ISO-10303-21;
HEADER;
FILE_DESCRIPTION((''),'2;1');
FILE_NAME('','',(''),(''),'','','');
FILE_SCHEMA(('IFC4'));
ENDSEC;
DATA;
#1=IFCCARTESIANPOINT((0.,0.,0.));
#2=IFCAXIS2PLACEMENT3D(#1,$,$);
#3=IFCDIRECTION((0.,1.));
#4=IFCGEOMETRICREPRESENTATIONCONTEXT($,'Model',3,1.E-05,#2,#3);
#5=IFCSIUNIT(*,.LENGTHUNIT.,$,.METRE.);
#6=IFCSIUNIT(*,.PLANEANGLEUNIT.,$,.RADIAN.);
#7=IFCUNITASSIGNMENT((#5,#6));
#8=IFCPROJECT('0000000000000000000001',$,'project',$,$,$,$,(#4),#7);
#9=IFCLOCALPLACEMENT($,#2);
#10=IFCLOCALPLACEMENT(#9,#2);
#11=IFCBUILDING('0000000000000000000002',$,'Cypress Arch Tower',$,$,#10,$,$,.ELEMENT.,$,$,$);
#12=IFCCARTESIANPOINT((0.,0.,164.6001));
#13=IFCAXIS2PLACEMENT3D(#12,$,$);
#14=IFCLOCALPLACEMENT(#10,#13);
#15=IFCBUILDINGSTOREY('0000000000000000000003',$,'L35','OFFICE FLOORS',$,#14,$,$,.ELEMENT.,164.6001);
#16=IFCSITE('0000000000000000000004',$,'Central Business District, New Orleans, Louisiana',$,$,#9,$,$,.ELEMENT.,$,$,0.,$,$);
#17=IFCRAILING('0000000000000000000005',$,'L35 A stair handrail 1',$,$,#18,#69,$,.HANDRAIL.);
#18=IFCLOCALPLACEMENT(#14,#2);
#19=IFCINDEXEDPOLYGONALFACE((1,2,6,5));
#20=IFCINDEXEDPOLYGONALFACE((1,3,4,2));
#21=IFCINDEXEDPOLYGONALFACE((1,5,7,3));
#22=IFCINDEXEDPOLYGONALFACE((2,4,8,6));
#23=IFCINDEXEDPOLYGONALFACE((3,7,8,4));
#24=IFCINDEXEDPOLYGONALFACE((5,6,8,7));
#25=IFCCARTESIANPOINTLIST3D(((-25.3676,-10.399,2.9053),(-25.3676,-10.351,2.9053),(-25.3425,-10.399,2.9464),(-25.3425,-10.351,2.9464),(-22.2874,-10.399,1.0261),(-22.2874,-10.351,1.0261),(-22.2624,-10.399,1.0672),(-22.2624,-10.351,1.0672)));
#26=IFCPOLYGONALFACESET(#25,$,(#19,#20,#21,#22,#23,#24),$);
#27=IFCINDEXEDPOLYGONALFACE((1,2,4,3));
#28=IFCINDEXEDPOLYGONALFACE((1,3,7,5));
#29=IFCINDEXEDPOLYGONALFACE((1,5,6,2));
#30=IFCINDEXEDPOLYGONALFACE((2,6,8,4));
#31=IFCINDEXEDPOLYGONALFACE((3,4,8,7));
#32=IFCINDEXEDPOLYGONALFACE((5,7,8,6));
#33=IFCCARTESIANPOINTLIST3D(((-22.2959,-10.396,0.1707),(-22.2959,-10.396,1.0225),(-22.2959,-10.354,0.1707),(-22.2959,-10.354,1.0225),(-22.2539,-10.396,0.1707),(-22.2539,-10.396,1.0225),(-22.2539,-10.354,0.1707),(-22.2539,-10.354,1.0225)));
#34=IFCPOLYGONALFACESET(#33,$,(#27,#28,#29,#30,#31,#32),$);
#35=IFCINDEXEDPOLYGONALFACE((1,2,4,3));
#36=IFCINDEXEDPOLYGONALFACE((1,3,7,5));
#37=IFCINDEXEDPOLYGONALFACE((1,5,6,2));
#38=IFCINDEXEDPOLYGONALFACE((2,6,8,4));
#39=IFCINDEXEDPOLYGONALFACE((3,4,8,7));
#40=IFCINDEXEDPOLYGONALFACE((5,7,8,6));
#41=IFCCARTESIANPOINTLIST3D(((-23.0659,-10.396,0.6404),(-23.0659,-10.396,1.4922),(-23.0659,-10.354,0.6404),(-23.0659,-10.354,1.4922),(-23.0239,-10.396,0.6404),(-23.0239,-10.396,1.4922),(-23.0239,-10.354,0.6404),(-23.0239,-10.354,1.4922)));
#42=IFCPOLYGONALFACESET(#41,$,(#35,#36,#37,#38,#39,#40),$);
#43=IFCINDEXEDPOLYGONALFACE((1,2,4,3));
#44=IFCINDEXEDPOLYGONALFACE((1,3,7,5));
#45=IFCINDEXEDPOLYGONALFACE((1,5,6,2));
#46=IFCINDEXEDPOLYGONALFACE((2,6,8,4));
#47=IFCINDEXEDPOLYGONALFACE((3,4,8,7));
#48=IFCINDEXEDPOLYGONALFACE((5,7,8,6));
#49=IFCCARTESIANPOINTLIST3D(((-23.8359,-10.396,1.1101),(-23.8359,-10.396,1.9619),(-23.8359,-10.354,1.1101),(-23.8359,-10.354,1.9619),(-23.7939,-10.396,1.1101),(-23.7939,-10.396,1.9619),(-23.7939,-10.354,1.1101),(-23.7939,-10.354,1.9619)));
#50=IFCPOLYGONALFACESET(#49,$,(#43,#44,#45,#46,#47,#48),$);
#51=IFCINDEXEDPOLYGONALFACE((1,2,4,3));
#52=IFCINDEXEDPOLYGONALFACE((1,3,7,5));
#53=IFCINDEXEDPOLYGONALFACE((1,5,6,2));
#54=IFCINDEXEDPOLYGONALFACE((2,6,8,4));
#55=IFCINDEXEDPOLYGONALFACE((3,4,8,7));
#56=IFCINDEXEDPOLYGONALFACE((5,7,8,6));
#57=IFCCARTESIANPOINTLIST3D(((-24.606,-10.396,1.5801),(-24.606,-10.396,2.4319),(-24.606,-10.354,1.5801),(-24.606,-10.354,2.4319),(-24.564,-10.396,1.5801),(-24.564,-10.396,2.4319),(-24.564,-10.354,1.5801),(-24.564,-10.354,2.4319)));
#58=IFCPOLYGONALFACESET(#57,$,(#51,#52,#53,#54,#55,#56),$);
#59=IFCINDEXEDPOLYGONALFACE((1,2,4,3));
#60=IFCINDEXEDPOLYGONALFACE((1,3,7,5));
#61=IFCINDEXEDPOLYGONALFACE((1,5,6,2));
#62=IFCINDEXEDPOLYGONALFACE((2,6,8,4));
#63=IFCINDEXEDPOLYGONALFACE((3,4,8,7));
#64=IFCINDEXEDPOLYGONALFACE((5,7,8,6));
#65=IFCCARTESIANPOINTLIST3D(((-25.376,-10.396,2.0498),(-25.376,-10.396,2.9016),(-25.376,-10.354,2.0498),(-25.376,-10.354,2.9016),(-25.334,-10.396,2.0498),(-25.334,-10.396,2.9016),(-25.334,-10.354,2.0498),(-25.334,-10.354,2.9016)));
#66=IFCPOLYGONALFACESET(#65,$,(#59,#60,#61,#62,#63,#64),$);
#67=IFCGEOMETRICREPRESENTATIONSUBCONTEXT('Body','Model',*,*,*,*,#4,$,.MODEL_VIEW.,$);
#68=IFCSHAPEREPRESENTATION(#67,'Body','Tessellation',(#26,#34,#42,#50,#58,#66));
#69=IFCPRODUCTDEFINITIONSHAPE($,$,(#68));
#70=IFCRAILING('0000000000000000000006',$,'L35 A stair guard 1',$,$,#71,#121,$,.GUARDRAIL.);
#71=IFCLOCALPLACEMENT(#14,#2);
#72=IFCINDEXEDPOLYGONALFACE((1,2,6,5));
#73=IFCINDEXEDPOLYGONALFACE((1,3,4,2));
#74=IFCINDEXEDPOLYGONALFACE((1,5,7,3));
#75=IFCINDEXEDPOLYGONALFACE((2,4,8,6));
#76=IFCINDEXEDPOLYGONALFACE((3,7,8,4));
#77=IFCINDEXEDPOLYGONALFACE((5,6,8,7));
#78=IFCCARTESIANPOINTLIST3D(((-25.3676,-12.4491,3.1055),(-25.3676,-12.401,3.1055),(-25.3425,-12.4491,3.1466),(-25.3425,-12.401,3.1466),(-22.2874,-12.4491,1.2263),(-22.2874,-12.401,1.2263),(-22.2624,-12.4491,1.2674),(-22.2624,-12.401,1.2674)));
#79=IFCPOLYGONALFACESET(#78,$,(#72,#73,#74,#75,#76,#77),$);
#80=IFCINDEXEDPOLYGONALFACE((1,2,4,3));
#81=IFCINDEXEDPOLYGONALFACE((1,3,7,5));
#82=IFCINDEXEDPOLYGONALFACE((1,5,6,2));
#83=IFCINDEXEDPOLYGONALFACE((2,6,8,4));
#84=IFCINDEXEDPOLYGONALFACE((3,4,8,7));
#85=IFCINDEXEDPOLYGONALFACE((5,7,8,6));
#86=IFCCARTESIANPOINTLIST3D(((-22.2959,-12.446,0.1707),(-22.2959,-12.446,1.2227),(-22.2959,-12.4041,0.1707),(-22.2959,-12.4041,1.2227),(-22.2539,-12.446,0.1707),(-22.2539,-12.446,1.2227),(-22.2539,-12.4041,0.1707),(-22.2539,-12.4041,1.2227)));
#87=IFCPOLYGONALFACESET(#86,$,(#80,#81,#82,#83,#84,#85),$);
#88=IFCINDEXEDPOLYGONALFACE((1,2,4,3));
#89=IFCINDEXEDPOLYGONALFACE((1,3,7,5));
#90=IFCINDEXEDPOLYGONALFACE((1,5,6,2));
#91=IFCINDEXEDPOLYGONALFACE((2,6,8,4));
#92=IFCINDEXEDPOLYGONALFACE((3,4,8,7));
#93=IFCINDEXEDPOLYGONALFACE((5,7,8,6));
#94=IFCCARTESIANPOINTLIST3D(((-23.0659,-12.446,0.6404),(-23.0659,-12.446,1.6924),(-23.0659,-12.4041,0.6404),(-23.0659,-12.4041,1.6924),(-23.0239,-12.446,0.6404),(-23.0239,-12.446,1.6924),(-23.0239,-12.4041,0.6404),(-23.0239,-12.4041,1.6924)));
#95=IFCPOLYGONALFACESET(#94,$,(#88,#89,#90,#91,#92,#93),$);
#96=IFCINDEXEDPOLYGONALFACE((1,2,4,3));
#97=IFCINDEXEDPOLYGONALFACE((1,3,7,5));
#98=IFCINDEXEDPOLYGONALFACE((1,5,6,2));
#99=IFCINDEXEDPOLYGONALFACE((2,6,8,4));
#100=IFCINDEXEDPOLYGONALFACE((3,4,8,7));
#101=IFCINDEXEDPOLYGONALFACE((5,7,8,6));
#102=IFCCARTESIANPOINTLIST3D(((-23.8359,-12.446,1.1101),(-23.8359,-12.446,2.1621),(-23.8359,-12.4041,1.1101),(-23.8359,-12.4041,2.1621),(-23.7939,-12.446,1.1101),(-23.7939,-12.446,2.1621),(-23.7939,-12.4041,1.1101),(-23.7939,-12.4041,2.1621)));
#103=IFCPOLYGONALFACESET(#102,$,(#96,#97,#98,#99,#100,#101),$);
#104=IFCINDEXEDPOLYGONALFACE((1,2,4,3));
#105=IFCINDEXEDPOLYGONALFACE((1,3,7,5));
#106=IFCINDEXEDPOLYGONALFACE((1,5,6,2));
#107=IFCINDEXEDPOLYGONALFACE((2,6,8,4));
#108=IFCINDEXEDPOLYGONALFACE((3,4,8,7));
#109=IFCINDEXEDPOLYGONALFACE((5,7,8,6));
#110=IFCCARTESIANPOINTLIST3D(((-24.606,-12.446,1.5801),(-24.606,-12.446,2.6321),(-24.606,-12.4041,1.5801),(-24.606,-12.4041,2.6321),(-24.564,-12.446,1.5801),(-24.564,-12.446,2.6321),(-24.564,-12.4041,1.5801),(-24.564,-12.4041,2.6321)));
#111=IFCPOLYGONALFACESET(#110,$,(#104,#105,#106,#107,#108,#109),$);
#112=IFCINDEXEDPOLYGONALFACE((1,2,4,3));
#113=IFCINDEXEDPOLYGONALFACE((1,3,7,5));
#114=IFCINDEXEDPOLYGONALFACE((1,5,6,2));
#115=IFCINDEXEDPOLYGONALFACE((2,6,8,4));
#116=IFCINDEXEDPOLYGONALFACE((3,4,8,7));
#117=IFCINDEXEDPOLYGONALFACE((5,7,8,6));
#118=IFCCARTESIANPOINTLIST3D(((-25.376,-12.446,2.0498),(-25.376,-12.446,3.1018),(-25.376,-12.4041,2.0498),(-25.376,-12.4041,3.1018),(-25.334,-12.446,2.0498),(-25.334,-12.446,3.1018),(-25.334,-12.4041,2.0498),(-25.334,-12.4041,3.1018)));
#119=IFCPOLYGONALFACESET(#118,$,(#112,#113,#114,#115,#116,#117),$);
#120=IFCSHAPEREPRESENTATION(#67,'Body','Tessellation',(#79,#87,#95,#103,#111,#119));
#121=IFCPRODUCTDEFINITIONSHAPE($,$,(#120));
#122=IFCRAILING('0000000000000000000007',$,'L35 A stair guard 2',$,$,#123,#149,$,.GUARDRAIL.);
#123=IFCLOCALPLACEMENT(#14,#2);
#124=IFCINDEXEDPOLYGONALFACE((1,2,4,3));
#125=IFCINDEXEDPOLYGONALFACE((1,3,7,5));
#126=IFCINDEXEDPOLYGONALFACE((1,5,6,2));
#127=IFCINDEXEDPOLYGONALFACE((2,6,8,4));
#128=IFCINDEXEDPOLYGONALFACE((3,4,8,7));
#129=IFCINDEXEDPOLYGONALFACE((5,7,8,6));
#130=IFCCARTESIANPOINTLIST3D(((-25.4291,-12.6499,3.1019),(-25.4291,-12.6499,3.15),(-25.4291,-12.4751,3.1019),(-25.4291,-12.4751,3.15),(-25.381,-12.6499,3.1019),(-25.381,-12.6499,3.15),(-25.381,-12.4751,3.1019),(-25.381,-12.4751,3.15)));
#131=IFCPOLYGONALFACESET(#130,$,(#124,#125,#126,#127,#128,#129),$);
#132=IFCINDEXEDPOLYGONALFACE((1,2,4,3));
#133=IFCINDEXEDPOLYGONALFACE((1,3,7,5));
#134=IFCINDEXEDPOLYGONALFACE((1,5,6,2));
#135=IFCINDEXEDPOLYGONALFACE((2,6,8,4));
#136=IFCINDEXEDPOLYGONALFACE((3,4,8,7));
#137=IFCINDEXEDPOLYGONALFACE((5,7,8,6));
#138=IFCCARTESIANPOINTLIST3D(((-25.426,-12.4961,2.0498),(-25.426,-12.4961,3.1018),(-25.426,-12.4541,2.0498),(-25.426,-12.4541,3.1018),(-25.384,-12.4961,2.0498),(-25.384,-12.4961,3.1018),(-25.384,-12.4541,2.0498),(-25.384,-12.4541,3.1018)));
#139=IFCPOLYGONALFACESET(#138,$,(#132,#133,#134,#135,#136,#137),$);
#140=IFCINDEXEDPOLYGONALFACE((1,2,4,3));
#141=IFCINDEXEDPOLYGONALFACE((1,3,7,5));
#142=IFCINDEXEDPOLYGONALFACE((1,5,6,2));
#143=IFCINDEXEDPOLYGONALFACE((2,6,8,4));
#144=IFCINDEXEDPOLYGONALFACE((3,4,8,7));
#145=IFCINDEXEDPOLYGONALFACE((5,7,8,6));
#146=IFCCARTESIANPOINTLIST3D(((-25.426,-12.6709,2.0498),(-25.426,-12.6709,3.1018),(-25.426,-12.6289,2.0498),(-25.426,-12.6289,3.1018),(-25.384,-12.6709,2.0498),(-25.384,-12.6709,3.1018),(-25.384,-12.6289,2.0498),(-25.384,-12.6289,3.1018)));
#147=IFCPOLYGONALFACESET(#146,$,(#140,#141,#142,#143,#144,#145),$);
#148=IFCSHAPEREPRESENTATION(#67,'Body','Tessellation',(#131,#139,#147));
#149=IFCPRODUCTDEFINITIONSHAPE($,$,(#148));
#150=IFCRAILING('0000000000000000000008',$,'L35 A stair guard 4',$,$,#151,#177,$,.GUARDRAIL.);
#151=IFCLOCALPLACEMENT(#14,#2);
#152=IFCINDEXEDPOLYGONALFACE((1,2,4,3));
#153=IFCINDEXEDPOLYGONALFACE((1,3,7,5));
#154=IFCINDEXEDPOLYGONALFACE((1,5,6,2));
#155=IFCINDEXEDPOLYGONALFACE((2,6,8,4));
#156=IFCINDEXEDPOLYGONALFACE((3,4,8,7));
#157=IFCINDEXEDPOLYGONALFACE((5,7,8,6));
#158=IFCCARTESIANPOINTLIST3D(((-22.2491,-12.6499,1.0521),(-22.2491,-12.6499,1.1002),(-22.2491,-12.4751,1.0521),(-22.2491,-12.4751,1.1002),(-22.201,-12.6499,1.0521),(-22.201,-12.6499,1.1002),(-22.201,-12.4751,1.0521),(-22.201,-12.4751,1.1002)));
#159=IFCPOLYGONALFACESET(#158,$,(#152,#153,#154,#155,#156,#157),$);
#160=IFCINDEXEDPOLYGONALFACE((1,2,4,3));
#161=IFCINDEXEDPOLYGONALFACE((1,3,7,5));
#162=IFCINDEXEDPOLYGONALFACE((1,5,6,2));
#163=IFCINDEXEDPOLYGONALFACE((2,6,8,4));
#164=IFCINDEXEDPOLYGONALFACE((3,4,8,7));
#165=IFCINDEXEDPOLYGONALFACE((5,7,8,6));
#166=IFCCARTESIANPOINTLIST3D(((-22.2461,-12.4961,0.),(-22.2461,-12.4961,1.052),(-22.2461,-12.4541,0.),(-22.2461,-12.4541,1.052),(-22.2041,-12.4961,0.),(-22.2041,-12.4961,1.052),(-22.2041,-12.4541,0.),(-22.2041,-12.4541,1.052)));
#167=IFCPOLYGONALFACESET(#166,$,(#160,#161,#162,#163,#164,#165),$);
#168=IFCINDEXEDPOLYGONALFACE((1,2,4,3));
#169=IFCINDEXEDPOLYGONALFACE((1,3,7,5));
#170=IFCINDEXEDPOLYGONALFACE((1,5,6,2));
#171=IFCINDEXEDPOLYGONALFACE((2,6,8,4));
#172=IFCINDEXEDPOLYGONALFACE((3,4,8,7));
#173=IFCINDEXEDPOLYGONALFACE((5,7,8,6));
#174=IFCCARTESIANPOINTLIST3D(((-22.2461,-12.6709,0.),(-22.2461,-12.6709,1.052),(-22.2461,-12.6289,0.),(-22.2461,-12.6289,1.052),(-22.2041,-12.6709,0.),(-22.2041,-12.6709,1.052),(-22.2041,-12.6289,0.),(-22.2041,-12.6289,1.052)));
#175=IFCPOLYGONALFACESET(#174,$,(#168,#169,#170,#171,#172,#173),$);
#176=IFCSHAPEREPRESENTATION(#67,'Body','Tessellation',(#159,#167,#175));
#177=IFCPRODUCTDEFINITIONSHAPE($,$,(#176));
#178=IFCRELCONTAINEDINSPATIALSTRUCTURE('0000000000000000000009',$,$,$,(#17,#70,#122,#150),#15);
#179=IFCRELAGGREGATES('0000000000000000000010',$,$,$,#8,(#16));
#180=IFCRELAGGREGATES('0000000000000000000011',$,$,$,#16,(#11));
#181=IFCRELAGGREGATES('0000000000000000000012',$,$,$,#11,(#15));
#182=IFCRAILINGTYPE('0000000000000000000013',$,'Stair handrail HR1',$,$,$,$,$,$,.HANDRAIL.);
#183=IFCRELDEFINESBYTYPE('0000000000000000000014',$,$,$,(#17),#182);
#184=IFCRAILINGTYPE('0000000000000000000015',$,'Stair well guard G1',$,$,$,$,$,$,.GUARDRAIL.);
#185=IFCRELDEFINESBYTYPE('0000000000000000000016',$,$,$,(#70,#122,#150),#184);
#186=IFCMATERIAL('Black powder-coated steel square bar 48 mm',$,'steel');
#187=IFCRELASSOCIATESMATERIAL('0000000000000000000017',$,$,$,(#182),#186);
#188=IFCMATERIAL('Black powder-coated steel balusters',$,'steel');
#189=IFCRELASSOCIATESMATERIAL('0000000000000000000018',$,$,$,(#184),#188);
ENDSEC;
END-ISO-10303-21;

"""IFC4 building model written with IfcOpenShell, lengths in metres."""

from ifc_helpers import new_model, si_unit, direction, frame, origin, origin_2d, place, context, subcontext, project, spatial, rectangle, extrude, material, type_object, element, save


model = new_model("IFC4")

# Units and contexts
model_context = context("Model", 3, precision=1e-05, world=origin(), true_north=direction((0.0, 1.0)))
body_context = subcontext(model_context, "Body", "Model", "MODEL_VIEW")
ifc_project = project(units=[si_unit("LENGTHUNIT", "METRE"), si_unit("PLANEANGLEUNIT", "RADIAN")], contexts=[model_context])

# Site, building, storey
site_placement = place(None, origin())
site = spatial("IfcSite", under=ifc_project, at=site_placement, Name="Central Business District, New Orleans, Louisiana", CompositionType="ELEMENT", RefElevation=0.0)
building_placement = place(site_placement, origin())
building = spatial("IfcBuilding", under=site, at=building_placement, Name="Cypress Arch Tower", CompositionType="ELEMENT")
storey_placement = place(building_placement, frame((0.0, 0.0, 164.6001)))
storey = spatial("IfcBuildingStorey", under=building, at=storey_placement, Name="L35", Description="OFFICE FLOORS", CompositionType="ELEMENT", Elevation=164.6001)

# Railings
ifc_material_1 = material(Name="Black powder-coated steel square bar 48 mm", Category="steel")
railing_type_1 = type_object("IfcRailingType", Name="Stair handrail HR1", PredefinedType="HANDRAIL", material=ifc_material_1)
railing_1_placement = place(storey_placement, frame((-22.2749, -10.375, 0.1707)))
element("IfcRailing", 1, at=railing_1_placement, inside=storey, type_object=railing_type_1, Name="L35 A stair handrail 1", PredefinedType="HANDRAIL", context=body_context, shape_type="SweptSolid", body=[
    extrude(rectangle(XDim=0.0481, YDim=0.0481, at=origin_2d()), frame((0.0, 0.0, 0.876), z_axis=(-0.853666, 0.0, 0.52082), x_axis=(0.0, -1.0, 0.0)), (0.0, 0.0, 1.0), 3.6082),
    extrude(rectangle(XDim=0.042, YDim=0.042, at=origin_2d()), origin(), (0.0, 0.0, 1.0), 0.8518),
    extrude(rectangle(XDim=0.042, YDim=0.042, at=origin_2d()), frame((-0.77, 0.0, 0.4697)), (0.0, 0.0, 1.0), 0.8518),
    extrude(rectangle(XDim=0.042, YDim=0.042, at=origin_2d()), frame((-1.54, 0.0, 0.9395)), (0.0, 0.0, 1.0), 0.8518),
    extrude(rectangle(XDim=0.042, YDim=0.042, at=origin_2d()), frame((-2.3101, 0.0, 1.4094)), (0.0, 0.0, 1.0), 0.8518),
    extrude(rectangle(XDim=0.042, YDim=0.042, at=origin_2d()), frame((-3.0801, 0.0, 1.8792)), (0.0, 0.0, 1.0), 0.8518),
])
ifc_material_2 = material(Name="Black powder-coated steel balusters", Category="steel")
railing_type_2 = type_object("IfcRailingType", Name="Stair well guard G1", PredefinedType="GUARDRAIL", material=ifc_material_2)
railing_2_placement = place(storey_placement, frame((-22.2749, -12.425, 0.1707)))
element("IfcRailing", 2, at=railing_2_placement, inside=storey, type_object=railing_type_2, Name="L35 A stair guard 1", PredefinedType="GUARDRAIL", context=body_context, shape_type="SweptSolid", body=[
    extrude(rectangle(XDim=0.0481, YDim=0.0481, at=origin_2d()), frame((0.0, 0.0, 1.0762), z_axis=(-0.853666, 0.0, 0.52082), x_axis=(0.0, -1.0, 0.0)), (0.0, 0.0, 1.0), 3.6082),
    extrude(rectangle(XDim=0.042, YDim=0.042, at=origin_2d()), origin(), (0.0, 0.0, 1.0), 1.052),
    extrude(rectangle(XDim=0.042, YDim=0.042, at=origin_2d()), frame((-0.77, 0.0, 0.4697)), (0.0, 0.0, 1.0), 1.052),
    extrude(rectangle(XDim=0.042, YDim=0.042, at=origin_2d()), frame((-1.54, 0.0, 0.9395)), (0.0, 0.0, 1.0), 1.052),
    extrude(rectangle(XDim=0.042, YDim=0.042, at=origin_2d()), frame((-2.3101, 0.0, 1.4094)), (0.0, 0.0, 1.0), 1.052),
    extrude(rectangle(XDim=0.042, YDim=0.042, at=origin_2d()), frame((-3.0801, 0.0, 1.8792)), (0.0, 0.0, 1.0), 1.052),
])
for number, where, name in (
    (3, (-25.405, -12.4751, 2.0498), "L35 A stair guard 2"),
    (4, (-22.2251, -12.4751, 0.0), "L35 A stair guard 4"),
):
    element("IfcRailing", number, at=place(storey_placement, frame(where)), inside=storey, type_object=railing_type_2, Name=name, PredefinedType="GUARDRAIL", context=body_context, shape_type="SweptSolid", body=[
        extrude(rectangle(XDim=0.0481, YDim=0.0481, at=origin_2d()), frame((0.0, 0.0, 1.0762), z_axis=(0.0, -1.0, 0.0), x_axis=(1.0, 0.0, 0.0)), (0.0, 0.0, 1.0), 0.1748),
        extrude(rectangle(XDim=0.042, YDim=0.042, at=origin_2d()), origin(), (0.0, 0.0, 1.0), 1.052),
        extrude(rectangle(XDim=0.042, YDim=0.042, at=origin_2d()), frame((0.0, -0.1748, 0.0)), (0.0, 0.0, 1.0), 1.052),
    ])

save(model, "model.ifc")
